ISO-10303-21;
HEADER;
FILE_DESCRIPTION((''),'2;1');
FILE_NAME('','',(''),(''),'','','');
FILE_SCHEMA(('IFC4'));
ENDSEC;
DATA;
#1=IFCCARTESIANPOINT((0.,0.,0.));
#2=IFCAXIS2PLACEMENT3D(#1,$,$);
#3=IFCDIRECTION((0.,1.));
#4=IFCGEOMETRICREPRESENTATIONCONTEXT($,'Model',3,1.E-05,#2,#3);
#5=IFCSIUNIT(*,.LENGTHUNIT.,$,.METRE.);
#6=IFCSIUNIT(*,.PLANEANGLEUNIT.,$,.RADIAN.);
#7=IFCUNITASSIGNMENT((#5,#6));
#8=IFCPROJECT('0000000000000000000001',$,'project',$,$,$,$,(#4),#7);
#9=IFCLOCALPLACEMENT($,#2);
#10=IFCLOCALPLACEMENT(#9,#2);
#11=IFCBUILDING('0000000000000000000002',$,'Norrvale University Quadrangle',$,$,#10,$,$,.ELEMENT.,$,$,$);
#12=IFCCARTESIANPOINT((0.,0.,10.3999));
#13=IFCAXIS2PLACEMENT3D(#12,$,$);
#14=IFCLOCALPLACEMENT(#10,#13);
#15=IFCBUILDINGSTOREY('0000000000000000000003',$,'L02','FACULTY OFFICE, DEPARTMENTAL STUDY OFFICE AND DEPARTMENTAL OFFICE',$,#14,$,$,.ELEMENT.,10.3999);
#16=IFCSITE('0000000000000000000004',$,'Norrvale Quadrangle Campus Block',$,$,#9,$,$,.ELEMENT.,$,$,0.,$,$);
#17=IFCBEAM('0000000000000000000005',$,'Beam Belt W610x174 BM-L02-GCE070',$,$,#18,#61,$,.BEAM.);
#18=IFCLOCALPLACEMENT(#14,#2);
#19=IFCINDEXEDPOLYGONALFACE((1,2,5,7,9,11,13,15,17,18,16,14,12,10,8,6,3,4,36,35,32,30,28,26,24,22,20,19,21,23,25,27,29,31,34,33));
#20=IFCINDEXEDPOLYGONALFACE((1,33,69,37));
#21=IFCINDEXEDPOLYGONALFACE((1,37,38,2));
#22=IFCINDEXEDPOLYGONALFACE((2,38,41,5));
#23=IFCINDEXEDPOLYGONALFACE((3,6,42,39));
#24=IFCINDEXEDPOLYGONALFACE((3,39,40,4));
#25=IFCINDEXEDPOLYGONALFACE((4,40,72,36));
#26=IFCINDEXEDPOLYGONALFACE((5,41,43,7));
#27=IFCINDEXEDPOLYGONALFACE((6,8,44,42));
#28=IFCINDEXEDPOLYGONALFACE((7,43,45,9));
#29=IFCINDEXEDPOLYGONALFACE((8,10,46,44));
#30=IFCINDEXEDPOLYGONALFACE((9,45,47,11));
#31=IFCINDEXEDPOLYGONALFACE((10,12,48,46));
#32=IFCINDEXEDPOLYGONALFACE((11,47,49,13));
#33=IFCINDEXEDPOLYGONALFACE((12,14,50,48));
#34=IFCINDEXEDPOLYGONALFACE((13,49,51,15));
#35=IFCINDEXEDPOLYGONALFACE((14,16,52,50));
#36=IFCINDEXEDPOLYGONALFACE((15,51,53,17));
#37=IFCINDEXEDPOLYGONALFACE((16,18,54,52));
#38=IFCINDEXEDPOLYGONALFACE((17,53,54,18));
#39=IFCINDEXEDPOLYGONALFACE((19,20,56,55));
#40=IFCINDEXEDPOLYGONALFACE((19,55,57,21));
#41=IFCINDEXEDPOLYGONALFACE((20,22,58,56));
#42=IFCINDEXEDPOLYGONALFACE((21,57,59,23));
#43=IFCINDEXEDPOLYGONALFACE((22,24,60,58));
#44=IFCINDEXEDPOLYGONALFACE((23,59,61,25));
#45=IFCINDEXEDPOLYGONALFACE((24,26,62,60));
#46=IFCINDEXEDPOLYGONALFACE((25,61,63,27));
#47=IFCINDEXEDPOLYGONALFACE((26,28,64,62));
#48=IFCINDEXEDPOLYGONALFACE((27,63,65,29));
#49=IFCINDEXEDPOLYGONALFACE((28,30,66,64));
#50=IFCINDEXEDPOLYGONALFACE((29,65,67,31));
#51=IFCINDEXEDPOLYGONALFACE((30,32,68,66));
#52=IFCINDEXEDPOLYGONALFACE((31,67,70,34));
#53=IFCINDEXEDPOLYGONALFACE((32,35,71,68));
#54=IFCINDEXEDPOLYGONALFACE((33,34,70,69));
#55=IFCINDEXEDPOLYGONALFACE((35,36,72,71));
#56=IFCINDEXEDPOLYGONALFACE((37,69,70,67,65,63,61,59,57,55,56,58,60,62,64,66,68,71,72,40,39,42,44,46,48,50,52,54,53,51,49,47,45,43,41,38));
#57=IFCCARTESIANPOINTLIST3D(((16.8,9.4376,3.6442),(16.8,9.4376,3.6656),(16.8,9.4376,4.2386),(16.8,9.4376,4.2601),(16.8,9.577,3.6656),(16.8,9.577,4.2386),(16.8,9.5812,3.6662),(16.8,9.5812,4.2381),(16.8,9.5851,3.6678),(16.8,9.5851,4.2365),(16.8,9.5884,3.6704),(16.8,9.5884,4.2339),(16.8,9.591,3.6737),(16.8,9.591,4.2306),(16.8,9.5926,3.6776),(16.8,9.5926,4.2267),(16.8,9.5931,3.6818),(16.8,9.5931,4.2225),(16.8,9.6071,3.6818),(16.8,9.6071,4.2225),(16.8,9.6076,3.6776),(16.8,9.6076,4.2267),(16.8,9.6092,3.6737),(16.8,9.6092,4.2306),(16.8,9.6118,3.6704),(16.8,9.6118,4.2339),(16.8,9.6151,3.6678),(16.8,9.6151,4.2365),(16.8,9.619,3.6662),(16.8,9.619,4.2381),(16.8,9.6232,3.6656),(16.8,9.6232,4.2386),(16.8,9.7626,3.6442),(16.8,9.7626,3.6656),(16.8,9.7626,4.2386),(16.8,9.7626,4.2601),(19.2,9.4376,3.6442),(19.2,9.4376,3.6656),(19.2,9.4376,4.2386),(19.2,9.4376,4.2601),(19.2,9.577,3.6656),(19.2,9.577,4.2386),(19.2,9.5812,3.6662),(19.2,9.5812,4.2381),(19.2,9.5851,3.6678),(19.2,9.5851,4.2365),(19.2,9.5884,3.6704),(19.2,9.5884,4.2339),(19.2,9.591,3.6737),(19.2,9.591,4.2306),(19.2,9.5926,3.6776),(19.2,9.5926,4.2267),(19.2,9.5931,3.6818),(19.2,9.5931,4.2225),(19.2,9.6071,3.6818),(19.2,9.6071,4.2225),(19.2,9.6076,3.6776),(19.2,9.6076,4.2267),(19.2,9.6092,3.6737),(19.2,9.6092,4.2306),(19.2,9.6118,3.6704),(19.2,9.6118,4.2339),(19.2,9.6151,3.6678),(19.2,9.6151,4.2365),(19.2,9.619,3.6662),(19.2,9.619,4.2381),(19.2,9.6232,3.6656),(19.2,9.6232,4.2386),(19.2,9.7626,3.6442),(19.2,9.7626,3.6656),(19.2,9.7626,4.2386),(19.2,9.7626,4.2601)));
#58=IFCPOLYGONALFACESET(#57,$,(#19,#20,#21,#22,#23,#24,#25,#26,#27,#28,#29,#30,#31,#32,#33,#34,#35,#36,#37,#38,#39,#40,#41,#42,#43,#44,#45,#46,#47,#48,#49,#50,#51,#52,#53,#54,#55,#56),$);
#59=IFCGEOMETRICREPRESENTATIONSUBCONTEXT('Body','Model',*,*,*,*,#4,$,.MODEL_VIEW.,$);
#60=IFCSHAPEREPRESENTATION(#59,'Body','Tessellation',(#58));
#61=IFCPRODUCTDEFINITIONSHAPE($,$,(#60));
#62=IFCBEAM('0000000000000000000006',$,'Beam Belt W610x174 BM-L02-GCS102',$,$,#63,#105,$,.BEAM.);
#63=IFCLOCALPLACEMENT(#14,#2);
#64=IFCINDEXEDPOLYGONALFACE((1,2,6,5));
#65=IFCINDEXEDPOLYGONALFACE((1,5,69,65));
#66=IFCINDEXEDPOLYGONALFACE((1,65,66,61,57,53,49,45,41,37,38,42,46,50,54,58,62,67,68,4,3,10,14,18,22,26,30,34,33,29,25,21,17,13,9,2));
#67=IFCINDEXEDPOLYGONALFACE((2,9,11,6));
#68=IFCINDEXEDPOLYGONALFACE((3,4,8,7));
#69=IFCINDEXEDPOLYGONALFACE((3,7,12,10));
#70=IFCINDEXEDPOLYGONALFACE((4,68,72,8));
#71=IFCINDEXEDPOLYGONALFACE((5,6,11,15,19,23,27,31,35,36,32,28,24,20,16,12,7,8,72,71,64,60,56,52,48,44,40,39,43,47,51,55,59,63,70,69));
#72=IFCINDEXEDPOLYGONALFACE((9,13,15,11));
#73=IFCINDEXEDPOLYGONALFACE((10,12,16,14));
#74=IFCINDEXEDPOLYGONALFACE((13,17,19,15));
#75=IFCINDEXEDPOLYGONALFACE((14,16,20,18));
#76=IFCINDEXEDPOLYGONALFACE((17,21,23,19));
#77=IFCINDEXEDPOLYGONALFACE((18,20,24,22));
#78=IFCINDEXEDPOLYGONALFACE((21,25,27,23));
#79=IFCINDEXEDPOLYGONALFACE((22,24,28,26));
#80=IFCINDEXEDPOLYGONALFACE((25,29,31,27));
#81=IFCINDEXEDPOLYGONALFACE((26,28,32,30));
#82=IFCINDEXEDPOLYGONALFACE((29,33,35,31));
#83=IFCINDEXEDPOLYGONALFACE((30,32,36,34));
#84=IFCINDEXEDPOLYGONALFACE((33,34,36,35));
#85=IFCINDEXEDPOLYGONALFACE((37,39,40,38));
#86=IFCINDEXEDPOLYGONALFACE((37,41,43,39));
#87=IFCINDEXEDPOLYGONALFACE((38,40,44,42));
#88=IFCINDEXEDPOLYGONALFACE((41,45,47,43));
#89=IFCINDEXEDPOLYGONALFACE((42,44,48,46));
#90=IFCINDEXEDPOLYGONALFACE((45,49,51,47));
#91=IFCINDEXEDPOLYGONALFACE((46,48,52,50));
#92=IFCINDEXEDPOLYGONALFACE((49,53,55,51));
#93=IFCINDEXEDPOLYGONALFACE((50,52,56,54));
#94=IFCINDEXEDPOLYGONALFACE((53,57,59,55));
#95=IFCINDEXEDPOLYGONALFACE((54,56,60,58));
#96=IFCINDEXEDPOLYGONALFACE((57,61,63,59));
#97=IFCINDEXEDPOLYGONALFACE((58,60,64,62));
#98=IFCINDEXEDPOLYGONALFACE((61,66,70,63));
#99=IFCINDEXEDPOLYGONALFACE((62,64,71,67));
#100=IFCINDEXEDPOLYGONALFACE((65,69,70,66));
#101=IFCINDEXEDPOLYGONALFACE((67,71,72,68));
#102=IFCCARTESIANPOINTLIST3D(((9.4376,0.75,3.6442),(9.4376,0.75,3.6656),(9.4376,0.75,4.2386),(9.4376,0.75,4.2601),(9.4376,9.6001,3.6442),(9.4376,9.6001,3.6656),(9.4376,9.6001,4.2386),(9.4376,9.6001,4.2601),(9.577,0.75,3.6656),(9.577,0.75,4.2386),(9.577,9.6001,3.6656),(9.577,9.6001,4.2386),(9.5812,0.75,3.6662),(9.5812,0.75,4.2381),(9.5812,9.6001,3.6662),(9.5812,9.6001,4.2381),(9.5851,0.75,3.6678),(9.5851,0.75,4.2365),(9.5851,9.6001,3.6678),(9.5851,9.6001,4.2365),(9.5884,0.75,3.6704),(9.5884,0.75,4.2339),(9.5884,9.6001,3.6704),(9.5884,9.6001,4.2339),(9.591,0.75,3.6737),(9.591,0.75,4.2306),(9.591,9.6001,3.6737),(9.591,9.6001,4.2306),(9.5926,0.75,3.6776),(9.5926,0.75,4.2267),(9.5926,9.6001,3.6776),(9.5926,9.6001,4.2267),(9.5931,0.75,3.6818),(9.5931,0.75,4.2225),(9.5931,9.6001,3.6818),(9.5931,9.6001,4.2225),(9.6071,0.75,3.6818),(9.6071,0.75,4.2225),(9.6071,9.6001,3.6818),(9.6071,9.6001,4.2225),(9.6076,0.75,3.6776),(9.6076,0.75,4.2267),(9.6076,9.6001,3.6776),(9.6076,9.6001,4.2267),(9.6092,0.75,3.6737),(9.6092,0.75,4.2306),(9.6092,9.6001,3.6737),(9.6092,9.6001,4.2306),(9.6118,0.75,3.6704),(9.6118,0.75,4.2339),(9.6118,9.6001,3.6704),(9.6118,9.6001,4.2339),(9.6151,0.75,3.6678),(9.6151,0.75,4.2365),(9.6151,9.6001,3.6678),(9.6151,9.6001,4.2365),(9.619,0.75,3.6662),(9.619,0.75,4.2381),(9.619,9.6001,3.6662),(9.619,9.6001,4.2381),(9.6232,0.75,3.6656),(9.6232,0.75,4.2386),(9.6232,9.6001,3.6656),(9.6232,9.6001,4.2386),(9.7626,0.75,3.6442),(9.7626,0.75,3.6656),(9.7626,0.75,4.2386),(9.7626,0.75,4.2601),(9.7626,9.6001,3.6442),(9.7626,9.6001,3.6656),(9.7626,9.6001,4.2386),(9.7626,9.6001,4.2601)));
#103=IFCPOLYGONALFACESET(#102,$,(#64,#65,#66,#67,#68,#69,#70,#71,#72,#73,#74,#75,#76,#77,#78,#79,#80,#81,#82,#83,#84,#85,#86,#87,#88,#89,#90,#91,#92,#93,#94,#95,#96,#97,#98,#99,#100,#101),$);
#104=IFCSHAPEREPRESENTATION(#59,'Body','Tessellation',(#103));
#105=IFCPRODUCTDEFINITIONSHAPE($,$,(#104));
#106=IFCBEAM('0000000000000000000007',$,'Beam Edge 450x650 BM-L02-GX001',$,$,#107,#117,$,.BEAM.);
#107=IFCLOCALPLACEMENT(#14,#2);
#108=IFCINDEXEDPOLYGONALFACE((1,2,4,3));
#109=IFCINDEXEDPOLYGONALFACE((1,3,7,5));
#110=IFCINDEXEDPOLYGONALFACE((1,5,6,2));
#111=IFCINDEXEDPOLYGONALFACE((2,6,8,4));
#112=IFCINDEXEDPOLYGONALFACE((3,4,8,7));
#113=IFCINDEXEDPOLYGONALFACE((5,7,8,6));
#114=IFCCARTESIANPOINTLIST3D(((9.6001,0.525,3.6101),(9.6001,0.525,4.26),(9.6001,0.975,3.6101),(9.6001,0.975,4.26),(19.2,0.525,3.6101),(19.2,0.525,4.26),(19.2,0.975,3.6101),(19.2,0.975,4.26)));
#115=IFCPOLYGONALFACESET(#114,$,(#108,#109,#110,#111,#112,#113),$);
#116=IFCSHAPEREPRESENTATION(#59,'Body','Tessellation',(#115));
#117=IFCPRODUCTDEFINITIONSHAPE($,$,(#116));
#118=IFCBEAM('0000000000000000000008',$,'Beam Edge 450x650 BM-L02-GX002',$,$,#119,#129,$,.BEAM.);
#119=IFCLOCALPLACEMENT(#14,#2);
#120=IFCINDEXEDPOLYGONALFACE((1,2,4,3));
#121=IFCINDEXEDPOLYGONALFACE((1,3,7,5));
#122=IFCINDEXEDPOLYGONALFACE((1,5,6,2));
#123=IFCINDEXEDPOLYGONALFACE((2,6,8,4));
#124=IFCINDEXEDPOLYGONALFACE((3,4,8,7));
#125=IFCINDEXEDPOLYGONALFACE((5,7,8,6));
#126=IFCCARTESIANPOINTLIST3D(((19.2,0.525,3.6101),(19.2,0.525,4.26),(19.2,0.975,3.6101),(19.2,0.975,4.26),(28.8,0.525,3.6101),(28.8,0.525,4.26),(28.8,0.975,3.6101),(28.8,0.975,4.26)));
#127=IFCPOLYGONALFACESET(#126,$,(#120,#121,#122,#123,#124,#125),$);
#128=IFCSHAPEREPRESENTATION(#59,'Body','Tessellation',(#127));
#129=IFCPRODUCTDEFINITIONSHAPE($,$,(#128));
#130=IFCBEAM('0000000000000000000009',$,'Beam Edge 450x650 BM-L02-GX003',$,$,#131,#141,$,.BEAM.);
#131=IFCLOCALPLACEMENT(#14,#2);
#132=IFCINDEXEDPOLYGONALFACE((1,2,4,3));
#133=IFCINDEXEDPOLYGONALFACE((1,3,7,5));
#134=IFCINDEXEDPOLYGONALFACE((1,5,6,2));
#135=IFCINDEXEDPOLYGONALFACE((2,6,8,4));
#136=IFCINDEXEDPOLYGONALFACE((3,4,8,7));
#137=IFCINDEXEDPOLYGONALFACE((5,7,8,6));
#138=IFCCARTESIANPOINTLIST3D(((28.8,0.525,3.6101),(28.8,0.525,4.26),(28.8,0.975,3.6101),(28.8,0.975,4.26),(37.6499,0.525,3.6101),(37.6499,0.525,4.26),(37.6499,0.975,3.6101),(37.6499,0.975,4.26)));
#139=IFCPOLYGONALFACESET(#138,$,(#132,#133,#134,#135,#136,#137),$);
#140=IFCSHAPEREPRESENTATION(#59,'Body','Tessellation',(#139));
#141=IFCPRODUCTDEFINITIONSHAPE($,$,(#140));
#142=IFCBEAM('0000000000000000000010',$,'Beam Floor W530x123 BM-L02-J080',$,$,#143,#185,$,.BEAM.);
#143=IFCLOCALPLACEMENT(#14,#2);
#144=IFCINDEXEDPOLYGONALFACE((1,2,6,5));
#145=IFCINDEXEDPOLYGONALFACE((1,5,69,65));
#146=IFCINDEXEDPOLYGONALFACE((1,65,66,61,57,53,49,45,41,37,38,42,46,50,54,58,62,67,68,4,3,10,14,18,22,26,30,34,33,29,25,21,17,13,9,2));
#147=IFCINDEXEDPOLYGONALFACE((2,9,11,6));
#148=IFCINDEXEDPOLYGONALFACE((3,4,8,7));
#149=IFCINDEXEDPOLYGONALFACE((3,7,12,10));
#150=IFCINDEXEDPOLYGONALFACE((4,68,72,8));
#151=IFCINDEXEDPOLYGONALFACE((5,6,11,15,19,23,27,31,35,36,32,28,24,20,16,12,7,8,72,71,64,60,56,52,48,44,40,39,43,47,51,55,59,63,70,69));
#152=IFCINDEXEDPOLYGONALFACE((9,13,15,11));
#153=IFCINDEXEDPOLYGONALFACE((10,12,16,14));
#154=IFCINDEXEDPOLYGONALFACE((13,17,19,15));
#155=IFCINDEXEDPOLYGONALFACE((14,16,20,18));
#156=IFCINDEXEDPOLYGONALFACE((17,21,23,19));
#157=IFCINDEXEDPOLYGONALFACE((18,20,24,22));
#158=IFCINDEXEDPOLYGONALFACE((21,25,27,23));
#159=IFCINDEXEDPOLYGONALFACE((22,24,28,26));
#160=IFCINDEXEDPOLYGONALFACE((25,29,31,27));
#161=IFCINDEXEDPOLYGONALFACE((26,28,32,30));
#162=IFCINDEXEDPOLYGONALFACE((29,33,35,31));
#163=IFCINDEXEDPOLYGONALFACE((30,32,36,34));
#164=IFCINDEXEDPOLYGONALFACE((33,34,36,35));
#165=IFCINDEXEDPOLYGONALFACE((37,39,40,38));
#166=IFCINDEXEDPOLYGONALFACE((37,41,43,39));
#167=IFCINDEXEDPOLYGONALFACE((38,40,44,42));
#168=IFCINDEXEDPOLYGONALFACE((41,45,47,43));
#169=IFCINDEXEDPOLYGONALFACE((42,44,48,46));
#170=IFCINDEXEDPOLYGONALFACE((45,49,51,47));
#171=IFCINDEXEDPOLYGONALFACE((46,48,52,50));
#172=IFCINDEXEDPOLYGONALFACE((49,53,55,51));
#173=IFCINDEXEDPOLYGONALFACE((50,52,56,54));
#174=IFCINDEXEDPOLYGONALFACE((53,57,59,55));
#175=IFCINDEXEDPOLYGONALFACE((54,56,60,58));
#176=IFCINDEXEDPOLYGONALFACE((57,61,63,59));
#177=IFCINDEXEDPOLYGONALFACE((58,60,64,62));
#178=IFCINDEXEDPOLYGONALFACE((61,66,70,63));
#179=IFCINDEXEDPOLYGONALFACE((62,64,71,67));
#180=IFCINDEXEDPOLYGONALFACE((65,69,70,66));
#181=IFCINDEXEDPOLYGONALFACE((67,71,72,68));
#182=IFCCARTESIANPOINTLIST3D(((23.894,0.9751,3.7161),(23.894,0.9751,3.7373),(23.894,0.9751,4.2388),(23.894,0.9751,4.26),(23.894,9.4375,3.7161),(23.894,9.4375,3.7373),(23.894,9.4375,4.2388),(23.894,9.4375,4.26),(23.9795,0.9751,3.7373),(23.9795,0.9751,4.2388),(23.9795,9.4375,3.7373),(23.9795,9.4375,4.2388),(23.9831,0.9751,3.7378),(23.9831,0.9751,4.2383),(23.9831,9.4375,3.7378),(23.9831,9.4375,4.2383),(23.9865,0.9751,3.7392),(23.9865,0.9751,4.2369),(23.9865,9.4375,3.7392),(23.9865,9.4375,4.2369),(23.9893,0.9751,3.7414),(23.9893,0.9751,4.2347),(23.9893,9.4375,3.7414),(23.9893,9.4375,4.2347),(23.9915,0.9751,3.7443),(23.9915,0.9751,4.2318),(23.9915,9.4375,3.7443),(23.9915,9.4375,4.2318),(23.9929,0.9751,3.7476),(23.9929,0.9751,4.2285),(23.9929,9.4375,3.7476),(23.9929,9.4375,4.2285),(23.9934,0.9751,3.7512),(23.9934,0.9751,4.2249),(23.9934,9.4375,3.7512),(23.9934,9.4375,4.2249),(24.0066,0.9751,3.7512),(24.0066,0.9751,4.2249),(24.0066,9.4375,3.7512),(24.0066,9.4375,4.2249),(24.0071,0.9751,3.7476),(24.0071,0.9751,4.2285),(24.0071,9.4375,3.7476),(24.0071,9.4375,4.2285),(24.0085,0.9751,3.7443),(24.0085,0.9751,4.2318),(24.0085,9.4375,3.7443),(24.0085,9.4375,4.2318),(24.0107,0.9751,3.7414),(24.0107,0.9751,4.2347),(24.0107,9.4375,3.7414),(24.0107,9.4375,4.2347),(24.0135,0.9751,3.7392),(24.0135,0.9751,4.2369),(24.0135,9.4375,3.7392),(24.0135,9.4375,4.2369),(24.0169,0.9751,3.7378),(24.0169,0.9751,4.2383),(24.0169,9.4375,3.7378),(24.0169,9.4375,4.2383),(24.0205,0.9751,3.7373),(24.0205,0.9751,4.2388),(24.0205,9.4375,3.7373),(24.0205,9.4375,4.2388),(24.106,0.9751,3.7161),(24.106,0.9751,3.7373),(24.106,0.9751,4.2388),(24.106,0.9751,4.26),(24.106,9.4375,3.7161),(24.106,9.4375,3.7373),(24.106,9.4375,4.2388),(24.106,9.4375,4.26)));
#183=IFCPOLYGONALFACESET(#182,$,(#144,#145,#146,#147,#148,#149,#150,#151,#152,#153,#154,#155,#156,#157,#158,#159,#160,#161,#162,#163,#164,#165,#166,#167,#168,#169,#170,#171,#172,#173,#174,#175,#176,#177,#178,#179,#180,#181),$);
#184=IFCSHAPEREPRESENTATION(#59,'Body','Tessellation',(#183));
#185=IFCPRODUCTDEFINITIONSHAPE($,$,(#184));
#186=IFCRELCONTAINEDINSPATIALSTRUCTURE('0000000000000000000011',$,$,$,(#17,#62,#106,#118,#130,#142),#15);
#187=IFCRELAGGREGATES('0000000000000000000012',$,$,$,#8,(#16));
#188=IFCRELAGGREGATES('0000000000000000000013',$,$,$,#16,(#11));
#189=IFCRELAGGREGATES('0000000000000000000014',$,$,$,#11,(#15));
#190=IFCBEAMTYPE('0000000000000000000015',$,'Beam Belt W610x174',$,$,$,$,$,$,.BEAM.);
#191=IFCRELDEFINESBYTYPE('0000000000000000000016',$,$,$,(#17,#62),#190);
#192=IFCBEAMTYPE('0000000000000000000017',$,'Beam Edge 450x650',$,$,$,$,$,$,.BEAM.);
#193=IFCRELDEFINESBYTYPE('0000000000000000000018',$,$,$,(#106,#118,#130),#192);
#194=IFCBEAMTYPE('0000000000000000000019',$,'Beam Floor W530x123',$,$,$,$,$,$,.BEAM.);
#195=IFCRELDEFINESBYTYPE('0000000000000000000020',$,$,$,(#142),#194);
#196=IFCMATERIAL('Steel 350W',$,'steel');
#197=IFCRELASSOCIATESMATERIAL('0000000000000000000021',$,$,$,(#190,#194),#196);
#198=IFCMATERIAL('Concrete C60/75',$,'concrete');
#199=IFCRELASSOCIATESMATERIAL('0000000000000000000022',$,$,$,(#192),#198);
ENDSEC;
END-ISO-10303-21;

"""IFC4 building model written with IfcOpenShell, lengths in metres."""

from ifc_helpers import new_model, si_unit, direction, frame, origin, origin_2d, place, context, subcontext, project, spatial, rectangle, i_section, extrude, material, material_profile, profile_set, type_object, element, save


model = new_model("IFC4")

# Units and contexts
model_context = context("Model", 3, precision=1e-05, world=origin(), true_north=direction((0.0, 1.0)))
body_context = subcontext(model_context, "Body", "Model", "MODEL_VIEW")
ifc_project = project(units=[si_unit("LENGTHUNIT", "METRE"), si_unit("PLANEANGLEUNIT", "RADIAN")], contexts=[model_context])

# Site, building, storey
site_placement = place(None, origin())
site = spatial("IfcSite", under=ifc_project, at=site_placement, Name="Norrvale Quadrangle Campus Block", CompositionType="ELEMENT", RefElevation=0.0)
building_placement = place(site_placement, origin())
building = spatial("IfcBuilding", under=site, at=building_placement, Name="Norrvale University Quadrangle", CompositionType="ELEMENT")
storey_placement = place(building_placement, frame((0.0, 0.0, 10.3999)))
storey = spatial("IfcBuildingStorey", under=building, at=storey_placement, Name="L02", Description="FACULTY OFFICE, DEPARTMENTAL STUDY OFFICE AND DEPARTMENTAL OFFICE", CompositionType="ELEMENT", Elevation=10.3999)

# Beams
ifc_material_1 = material(Name="Steel 350W", Category="steel")
ifc_material_profile_1 = material_profile(ifc_material_1, i_section(OverallWidth=0.325, OverallDepth=0.616, WebThickness=0.0139, FlangeThickness=0.0215, FilletRadius=0.0161, at=origin_2d()), Name="Steel 350W")
ifc_profile_set_1 = profile_set([ifc_material_profile_1], Name="Steel 350W")
beam_type_1 = type_object("IfcBeamType", Name="Beam Belt W610x174", PredefinedType="BEAM", material=ifc_profile_set_1)
beam_1_placement = place(storey_placement, frame((16.8, 9.6001, 3.9521), z_axis=(1.0, 0.0, 0.0), x_axis=(0.0, 1.0, 0.0)))
element("IfcBeam", 1, at=beam_1_placement, inside=storey, type_object=beam_type_1, Name="Beam Belt W610x174 BM-L02-GCE070", PredefinedType="BEAM", context=body_context, shape_type="SweptSolid", body=[
    extrude(i_section(OverallWidth=0.325, OverallDepth=0.616, WebThickness=0.0139, FlangeThickness=0.0215, FilletRadius=0.0161, at=origin_2d()), origin(), (0.0, 0.0, 1.0), 2.3999),
])
beam_2_placement = place(storey_placement, frame((9.6001, 0.75, 3.9521), z_axis=(0.0, 1.0, 0.0), x_axis=(-1.0, 0.0, 0.0)))
element("IfcBeam", 2, at=beam_2_placement, inside=storey, type_object=beam_type_1, Name="Beam Belt W610x174 BM-L02-GCS102", PredefinedType="BEAM", context=body_context, shape_type="SweptSolid", body=[
    extrude(i_section(OverallWidth=0.325, OverallDepth=0.616, WebThickness=0.0139, FlangeThickness=0.0215, FilletRadius=0.0161, at=origin_2d()), origin(), (0.0, 0.0, 1.0), 8.8501),
])
ifc_material_2 = material(Name="Concrete C60/75", Category="concrete")
ifc_material_profile_2 = material_profile(ifc_material_2, rectangle(XDim=0.45, YDim=0.6499, at=origin_2d()), Name="Concrete C60/75")
ifc_profile_set_2 = profile_set([ifc_material_profile_2], Name="Concrete C60/75")
beam_type_2 = type_object("IfcBeamType", Name="Beam Edge 450x650", PredefinedType="BEAM", material=ifc_profile_set_2)
beam_3_placement = place(storey_placement, frame((9.6001, 0.75, 3.9351), z_axis=(1.0, 0.0, 0.0), x_axis=(0.0, 1.0, 0.0)))
element("IfcBeam", 3, at=beam_3_placement, inside=storey, type_object=beam_type_2, Name="Beam Edge 450x650 BM-L02-GX001", PredefinedType="BEAM", context=body_context, shape_type="SweptSolid", body=[
    extrude(rectangle(XDim=0.45, YDim=0.6499, at=origin_2d()), origin(), (0.0, 0.0, 1.0), 9.5999),
])
beam_4_placement = place(storey_placement, frame((19.2, 0.75, 3.9351), z_axis=(1.0, 0.0, 0.0), x_axis=(0.0, 1.0, 0.0)))
element("IfcBeam", 4, at=beam_4_placement, inside=storey, type_object=beam_type_2, Name="Beam Edge 450x650 BM-L02-GX002", PredefinedType="BEAM", context=body_context, shape_type="SweptSolid", body=[
    extrude(rectangle(XDim=0.45, YDim=0.6499, at=origin_2d()), origin(), (0.0, 0.0, 1.0), 9.6001),
])
beam_5_placement = place(storey_placement, frame((28.8, 0.75, 3.9351), z_axis=(1.0, 0.0, 0.0), x_axis=(0.0, 1.0, 0.0)))
element("IfcBeam", 5, at=beam_5_placement, inside=storey, type_object=beam_type_2, Name="Beam Edge 450x650 BM-L02-GX003", PredefinedType="BEAM", context=body_context, shape_type="SweptSolid", body=[
    extrude(rectangle(XDim=0.45, YDim=0.6499, at=origin_2d()), origin(), (0.0, 0.0, 1.0), 8.8499),
])
ifc_material_profile_3 = material_profile(ifc_material_1, i_section(OverallWidth=0.2119, OverallDepth=0.5439, WebThickness=0.0132, FlangeThickness=0.0212, FilletRadius=0.0139, at=origin_2d()), Name="Steel 350W")
ifc_profile_set_3 = profile_set([ifc_material_profile_3], Name="Steel 350W")
beam_type_3 = type_object("IfcBeamType", Name="Beam Floor W530x123", PredefinedType="BEAM", material=ifc_profile_set_3)
beam_6_placement = place(storey_placement, frame((24.0, 0.9751, 3.988), z_axis=(0.0, 1.0, 0.0), x_axis=(-1.0, 0.0, 0.0)))
element("IfcBeam", 6, at=beam_6_placement, inside=storey, type_object=beam_type_3, Name="Beam Floor W530x123 BM-L02-J080", PredefinedType="BEAM", context=body_context, shape_type="SweptSolid", body=[
    extrude(i_section(OverallWidth=0.2119, OverallDepth=0.5439, WebThickness=0.0132, FlangeThickness=0.0212, FilletRadius=0.0139, at=origin_2d()), origin(), (0.0, 0.0, 1.0), 8.4624),
])

save(model, "model.ifc")
